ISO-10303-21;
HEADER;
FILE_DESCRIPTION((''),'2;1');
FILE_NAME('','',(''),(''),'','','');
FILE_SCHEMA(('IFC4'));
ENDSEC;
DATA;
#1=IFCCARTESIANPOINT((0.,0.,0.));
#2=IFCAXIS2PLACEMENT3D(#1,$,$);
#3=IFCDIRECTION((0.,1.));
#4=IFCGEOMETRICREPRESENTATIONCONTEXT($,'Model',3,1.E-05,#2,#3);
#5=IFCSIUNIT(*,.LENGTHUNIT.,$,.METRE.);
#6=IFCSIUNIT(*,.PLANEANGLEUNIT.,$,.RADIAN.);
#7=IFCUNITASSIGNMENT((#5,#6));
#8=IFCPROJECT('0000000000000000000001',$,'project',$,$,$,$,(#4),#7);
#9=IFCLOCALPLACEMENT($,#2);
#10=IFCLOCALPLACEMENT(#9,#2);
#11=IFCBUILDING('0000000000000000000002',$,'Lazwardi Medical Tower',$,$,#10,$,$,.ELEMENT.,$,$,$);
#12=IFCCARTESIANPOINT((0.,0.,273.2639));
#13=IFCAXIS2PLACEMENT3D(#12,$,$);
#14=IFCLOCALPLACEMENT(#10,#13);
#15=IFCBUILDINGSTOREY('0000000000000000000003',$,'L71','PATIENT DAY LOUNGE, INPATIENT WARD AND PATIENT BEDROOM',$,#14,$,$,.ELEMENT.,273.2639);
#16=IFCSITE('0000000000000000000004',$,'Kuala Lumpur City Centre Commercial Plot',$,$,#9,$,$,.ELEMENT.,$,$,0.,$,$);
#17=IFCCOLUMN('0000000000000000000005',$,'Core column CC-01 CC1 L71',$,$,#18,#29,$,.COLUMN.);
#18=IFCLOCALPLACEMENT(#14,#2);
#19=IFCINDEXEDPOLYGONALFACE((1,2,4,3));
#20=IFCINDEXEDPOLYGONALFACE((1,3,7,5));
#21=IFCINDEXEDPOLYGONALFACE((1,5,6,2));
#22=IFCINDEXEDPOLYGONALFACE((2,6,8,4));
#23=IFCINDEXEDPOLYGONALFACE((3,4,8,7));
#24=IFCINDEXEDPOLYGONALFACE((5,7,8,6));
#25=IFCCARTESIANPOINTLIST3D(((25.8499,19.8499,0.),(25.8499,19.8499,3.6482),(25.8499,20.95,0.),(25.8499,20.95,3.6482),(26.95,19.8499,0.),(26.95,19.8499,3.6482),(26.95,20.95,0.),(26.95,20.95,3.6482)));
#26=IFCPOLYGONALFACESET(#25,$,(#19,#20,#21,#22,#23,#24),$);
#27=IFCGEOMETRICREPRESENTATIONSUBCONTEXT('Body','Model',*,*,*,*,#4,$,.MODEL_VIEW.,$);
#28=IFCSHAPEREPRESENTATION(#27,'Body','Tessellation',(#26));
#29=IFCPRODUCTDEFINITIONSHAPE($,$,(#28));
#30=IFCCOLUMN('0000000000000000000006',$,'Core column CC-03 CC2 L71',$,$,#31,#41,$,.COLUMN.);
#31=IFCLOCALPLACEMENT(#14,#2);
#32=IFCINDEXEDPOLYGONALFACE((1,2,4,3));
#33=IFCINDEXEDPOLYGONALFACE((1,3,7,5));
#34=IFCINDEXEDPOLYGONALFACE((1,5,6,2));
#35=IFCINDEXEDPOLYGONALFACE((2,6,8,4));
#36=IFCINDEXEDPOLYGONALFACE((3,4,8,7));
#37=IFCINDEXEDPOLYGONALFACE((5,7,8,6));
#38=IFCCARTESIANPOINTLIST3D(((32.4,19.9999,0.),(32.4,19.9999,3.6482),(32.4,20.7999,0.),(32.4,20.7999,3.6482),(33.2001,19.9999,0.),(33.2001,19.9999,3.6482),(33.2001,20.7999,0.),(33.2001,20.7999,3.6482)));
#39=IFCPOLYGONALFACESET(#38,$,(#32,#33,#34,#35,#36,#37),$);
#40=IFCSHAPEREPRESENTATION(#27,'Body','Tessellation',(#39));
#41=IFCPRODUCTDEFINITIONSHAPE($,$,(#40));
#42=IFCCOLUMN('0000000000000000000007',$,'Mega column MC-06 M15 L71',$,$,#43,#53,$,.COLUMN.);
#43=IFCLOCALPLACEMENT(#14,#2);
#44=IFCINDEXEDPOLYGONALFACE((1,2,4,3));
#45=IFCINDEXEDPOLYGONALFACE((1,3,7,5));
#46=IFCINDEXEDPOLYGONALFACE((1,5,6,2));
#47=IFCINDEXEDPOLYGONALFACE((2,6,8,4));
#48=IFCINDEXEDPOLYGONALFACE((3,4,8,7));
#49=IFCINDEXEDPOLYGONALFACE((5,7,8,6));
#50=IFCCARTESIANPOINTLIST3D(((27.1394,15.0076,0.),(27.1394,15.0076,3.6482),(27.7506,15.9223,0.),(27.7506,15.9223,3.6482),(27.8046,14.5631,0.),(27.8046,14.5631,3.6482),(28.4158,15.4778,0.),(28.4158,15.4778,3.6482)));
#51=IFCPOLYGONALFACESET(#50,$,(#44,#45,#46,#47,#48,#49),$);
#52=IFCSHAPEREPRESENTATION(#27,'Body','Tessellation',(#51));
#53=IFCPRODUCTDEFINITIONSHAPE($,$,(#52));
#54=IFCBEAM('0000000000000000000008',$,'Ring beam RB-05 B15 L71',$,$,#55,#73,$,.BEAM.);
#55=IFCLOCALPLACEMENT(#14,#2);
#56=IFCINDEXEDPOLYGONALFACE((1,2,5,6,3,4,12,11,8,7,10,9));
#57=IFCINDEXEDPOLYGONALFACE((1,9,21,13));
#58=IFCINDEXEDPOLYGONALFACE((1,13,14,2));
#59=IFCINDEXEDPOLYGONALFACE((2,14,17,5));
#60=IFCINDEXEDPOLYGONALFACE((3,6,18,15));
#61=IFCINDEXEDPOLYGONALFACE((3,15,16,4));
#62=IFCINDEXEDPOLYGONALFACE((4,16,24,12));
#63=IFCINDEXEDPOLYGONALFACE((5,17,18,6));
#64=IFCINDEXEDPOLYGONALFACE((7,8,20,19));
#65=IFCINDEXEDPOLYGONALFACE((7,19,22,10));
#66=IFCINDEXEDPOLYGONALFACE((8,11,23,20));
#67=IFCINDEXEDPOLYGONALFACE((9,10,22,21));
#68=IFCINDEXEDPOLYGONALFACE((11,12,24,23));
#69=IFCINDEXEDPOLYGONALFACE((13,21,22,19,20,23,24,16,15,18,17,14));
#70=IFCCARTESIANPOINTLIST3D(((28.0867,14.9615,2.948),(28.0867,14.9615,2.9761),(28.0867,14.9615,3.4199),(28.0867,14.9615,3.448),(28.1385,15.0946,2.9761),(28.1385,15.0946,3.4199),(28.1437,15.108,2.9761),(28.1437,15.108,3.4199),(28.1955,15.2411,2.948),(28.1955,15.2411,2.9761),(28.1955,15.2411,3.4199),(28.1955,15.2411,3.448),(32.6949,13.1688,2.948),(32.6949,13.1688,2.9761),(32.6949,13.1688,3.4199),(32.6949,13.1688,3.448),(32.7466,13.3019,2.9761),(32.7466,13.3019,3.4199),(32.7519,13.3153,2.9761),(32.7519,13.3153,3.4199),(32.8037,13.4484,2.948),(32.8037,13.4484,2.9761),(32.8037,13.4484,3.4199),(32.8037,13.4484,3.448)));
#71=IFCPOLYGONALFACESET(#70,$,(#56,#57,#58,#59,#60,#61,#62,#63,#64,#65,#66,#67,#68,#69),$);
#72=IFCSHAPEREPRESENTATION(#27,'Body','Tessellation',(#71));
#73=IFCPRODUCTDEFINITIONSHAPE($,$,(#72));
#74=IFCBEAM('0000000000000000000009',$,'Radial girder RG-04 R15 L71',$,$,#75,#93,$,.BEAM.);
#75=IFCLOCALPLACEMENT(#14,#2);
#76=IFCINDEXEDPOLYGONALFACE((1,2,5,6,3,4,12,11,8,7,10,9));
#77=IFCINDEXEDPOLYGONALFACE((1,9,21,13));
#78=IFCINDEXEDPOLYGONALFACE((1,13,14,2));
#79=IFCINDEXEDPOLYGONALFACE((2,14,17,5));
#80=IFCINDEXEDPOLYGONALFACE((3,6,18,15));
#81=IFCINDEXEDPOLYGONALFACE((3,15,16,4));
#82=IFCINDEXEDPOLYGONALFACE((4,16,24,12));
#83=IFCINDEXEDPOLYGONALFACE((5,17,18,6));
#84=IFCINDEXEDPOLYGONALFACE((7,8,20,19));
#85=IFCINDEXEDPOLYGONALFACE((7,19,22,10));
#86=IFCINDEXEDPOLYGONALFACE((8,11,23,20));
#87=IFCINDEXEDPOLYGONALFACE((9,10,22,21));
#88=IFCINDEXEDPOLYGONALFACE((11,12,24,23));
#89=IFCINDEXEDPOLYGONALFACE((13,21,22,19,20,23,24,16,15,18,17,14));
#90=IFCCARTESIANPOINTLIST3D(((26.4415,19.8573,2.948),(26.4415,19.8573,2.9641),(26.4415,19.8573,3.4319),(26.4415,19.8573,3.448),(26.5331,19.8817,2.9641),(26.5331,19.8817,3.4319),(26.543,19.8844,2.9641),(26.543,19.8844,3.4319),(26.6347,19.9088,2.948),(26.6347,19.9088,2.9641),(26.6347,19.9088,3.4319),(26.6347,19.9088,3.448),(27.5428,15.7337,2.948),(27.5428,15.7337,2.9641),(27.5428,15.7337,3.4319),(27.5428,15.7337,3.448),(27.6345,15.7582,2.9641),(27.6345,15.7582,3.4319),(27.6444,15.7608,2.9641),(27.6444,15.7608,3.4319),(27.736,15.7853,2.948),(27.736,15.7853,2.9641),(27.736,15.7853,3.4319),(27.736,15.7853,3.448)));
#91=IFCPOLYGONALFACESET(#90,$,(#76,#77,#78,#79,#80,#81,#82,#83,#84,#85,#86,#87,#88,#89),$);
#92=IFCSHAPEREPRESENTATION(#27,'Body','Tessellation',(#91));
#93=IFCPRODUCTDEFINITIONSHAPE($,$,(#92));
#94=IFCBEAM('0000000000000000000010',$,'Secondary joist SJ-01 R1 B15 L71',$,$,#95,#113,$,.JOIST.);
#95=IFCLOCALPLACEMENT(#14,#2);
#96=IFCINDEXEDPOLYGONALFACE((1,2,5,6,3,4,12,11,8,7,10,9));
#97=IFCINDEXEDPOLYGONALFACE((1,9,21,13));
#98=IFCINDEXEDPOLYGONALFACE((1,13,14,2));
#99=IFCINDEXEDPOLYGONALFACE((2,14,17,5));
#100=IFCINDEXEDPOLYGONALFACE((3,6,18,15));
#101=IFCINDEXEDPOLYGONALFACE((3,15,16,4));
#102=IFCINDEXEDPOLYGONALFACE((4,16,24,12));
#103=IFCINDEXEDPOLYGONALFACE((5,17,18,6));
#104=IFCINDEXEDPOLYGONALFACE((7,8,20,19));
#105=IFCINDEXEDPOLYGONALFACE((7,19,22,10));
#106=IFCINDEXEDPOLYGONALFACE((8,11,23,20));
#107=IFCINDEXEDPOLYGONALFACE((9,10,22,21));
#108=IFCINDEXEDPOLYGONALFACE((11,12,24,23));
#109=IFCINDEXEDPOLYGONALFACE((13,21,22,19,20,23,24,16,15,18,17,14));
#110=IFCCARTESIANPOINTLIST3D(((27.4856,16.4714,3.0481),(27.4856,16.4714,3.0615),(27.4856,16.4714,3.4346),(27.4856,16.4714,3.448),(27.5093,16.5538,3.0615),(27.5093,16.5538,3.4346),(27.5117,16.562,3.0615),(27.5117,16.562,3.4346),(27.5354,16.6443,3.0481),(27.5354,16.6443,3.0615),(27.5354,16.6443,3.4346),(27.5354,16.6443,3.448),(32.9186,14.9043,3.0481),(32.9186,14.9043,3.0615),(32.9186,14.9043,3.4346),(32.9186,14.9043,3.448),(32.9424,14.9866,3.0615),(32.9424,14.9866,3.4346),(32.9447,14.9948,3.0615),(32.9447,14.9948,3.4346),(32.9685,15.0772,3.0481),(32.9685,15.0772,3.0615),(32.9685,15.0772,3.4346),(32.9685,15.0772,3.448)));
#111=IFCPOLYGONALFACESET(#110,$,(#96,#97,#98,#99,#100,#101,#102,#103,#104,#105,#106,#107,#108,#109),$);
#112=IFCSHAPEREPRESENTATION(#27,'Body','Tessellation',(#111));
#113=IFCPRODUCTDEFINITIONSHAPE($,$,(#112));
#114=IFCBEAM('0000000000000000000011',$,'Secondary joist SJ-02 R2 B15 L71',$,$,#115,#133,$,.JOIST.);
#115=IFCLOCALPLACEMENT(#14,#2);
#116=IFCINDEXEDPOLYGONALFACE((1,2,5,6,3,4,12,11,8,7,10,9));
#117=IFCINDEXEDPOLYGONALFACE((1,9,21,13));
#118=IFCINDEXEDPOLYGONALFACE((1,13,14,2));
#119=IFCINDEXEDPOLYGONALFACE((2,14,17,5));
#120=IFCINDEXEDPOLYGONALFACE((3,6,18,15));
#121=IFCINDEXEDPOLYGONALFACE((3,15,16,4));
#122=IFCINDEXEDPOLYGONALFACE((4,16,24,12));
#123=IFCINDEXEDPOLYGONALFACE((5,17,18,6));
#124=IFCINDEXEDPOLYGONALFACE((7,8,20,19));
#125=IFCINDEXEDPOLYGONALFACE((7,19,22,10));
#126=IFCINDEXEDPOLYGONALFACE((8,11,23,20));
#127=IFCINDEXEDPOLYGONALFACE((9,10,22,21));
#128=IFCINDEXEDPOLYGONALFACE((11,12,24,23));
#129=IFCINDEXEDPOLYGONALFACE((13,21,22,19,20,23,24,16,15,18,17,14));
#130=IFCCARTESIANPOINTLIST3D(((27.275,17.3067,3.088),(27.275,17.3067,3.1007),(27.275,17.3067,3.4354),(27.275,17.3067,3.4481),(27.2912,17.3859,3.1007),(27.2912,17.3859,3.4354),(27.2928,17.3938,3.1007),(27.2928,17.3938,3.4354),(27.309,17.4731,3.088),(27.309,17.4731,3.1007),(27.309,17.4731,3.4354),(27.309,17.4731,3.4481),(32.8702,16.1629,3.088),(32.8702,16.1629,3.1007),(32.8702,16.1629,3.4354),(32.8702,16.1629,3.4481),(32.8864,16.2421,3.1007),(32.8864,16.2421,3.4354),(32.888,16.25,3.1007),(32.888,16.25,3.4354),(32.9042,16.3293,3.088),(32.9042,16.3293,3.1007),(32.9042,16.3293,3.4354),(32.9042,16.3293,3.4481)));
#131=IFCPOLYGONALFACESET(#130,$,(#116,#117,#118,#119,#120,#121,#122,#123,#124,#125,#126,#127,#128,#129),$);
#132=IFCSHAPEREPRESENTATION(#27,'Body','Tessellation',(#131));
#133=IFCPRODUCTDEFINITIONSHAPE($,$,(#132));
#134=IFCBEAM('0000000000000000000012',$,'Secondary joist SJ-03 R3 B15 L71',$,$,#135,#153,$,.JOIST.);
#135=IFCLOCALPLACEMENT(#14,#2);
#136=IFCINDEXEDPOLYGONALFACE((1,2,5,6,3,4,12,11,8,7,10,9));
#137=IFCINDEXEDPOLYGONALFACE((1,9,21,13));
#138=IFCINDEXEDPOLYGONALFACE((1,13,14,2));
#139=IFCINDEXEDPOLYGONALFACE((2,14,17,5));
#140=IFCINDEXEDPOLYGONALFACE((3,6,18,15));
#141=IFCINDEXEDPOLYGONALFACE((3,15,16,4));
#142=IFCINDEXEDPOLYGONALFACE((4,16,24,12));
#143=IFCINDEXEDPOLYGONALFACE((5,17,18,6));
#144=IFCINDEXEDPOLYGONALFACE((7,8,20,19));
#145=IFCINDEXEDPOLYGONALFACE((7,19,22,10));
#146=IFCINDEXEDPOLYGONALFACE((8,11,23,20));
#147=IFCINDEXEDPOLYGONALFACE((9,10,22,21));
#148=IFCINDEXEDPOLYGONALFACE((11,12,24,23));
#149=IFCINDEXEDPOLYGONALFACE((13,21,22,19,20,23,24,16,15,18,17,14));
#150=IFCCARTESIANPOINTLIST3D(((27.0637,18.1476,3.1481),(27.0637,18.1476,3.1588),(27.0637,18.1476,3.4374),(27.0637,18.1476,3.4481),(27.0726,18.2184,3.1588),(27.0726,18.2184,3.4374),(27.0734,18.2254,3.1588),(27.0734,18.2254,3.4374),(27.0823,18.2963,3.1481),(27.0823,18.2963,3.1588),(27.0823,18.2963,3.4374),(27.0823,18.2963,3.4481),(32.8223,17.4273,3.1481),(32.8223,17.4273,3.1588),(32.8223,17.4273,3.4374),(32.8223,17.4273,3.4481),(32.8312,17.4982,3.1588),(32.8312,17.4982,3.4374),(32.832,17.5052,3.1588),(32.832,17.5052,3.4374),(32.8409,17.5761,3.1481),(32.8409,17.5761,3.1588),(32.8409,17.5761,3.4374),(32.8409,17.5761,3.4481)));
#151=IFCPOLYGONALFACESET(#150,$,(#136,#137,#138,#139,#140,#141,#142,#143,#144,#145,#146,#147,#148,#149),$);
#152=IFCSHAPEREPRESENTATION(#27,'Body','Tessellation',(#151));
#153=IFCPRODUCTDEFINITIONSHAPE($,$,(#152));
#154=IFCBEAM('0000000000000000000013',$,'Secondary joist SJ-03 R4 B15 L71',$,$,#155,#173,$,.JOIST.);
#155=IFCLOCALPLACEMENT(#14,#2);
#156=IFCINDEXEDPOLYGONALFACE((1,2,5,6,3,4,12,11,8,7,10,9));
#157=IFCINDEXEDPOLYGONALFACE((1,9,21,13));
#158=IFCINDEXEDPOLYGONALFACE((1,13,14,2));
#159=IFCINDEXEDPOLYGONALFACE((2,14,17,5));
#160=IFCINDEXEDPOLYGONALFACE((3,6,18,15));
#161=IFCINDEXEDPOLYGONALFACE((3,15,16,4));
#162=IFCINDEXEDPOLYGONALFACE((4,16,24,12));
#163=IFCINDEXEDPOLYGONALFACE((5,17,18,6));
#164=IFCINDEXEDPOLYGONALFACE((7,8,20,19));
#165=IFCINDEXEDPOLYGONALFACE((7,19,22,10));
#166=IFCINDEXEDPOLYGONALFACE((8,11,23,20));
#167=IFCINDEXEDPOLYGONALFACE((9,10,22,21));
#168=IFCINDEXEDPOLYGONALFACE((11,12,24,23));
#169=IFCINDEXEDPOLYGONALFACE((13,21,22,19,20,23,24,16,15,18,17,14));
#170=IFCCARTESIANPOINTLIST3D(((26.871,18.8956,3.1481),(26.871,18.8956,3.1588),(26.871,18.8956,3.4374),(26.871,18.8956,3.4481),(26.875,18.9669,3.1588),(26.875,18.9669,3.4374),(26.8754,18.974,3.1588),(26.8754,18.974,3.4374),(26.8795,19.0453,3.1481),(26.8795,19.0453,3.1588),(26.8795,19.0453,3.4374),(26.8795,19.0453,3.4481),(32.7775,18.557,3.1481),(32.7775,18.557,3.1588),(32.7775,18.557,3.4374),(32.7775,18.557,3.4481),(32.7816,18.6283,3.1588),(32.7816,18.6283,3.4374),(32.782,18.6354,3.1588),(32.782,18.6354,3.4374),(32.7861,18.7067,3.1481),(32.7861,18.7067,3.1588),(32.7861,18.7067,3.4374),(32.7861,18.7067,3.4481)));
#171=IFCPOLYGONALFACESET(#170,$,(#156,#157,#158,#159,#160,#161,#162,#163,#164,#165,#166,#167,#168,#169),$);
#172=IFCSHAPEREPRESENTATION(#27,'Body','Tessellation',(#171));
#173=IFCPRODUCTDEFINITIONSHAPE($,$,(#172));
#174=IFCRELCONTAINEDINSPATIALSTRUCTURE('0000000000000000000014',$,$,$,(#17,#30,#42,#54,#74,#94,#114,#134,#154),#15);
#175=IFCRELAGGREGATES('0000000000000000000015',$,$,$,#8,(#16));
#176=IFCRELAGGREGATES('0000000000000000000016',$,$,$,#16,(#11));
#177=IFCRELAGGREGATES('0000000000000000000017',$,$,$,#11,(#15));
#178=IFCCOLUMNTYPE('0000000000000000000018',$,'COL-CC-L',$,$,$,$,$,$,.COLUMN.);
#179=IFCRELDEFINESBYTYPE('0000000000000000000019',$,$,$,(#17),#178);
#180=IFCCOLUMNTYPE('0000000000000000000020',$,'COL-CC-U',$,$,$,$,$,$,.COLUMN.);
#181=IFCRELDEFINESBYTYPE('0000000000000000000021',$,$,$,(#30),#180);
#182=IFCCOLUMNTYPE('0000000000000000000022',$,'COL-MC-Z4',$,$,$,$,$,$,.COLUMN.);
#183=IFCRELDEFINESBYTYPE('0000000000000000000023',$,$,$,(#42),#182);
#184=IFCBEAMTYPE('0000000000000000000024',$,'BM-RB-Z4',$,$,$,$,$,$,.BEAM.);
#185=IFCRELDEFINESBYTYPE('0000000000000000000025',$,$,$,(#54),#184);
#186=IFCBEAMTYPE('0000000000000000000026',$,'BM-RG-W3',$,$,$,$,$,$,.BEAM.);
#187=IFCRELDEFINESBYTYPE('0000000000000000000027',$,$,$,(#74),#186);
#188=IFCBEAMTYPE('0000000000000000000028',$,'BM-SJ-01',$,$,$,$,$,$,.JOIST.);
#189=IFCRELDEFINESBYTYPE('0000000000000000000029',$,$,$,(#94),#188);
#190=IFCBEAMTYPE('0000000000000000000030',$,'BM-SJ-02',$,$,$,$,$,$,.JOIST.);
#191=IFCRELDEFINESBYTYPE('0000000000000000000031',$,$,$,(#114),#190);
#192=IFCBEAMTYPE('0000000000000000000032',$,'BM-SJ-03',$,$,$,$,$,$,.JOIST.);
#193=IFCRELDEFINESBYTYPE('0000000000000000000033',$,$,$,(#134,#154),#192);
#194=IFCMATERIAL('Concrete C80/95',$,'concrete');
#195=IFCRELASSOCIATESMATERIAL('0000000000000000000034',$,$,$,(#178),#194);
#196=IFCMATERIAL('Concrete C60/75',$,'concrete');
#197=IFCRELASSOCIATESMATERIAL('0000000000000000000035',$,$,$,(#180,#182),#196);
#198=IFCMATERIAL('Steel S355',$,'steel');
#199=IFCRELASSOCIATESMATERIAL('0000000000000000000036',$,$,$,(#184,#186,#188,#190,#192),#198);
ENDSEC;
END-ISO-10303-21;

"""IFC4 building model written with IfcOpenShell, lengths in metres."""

from ifc_helpers import new_model, si_unit, direction, frame, origin, origin_2d, place, context, subcontext, project, spatial, rectangle, i_section, extrude, material, material_profile, profile_set, type_object, element, save


model = new_model("IFC4")

# Units and contexts
model_context = context("Model", 3, precision=1e-05, world=origin(), true_north=direction((0.0, 1.0)))
body_context = subcontext(model_context, "Body", "Model", "MODEL_VIEW")
ifc_project = project(units=[si_unit("LENGTHUNIT", "METRE"), si_unit("PLANEANGLEUNIT", "RADIAN")], contexts=[model_context])

# Site, building, storey
site_placement = place(None, origin())
site = spatial("IfcSite", under=ifc_project, at=site_placement, Name="Kuala Lumpur City Centre Commercial Plot", CompositionType="ELEMENT", RefElevation=0.0)
building_placement = place(site_placement, origin())
building = spatial("IfcBuilding", under=site, at=building_placement, Name="Lazwardi Medical Tower", CompositionType="ELEMENT")
storey_placement = place(building_placement, frame((0.0, 0.0, 273.2639)))
storey = spatial("IfcBuildingStorey", under=building, at=storey_placement, Name="L71", Description="PATIENT DAY LOUNGE, INPATIENT WARD AND PATIENT BEDROOM", CompositionType="ELEMENT", Elevation=273.2639)

# Columns
ifc_material_1 = material(Name="Concrete C80/95", Category="concrete")
ifc_material_profile_1 = material_profile(ifc_material_1, rectangle(XDim=1.1001, YDim=1.1001, at=origin_2d()), Name="RC 1100x1100")
ifc_profile_set_1 = profile_set([ifc_material_profile_1], Name="Concrete C80/95")
column_type_1 = type_object("IfcColumnType", Name="COL-CC-L", PredefinedType="COLUMN", material=ifc_profile_set_1)
column_1_placement = place(storey_placement, frame((26.3999, 20.3999, 0.0), z_axis=(0.0, 0.0, 1.0), x_axis=(1.0, 0.0, 0.0)))
element("IfcColumn", 1, at=column_1_placement, inside=storey, type_object=column_type_1, Name="Core column CC-01 CC1 L71", PredefinedType="COLUMN", context=body_context, shape_type="SweptSolid", body=[
    extrude(rectangle(XDim=1.1001, YDim=1.1001, at=origin_2d()), origin(), (0.0, 0.0, 1.0), 3.6482),
])
ifc_material_2 = material(Name="Concrete C60/75", Category="concrete")
ifc_material_profile_2 = material_profile(ifc_material_2, rectangle(XDim=0.8, YDim=0.8, at=origin_2d()), Name="RC 800x800")
ifc_profile_set_2 = profile_set([ifc_material_profile_2], Name="Concrete C60/75")
column_type_2 = type_object("IfcColumnType", Name="COL-CC-U", PredefinedType="COLUMN", material=ifc_profile_set_2)
column_2_placement = place(storey_placement, frame((32.8, 20.3999, 0.0), z_axis=(0.0, 0.0, 1.0), x_axis=(1.0, 0.0, 0.0)))
element("IfcColumn", 2, at=column_2_placement, inside=storey, type_object=column_type_2, Name="Core column CC-03 CC2 L71", PredefinedType="COLUMN", context=body_context, shape_type="SweptSolid", body=[
    extrude(rectangle(XDim=0.8, YDim=0.8, at=origin_2d()), origin(), (0.0, 0.0, 1.0), 3.6482),
])
ifc_material_profile_3 = material_profile(ifc_material_2, rectangle(XDim=1.1001, YDim=0.8, at=origin_2d()), Name="CFT-RECT 1100x800")
ifc_profile_set_3 = profile_set([ifc_material_profile_3], Name="Concrete C60/75")
column_type_3 = type_object("IfcColumnType", Name="COL-MC-Z4", PredefinedType="COLUMN", material=ifc_profile_set_3)
column_3_placement = place(storey_placement, frame((27.7776, 15.2427, 0.0), z_axis=(0.0, 0.0, 1.0), x_axis=(-0.55557, -0.83147, 0.0)))
element("IfcColumn", 3, at=column_3_placement, inside=storey, type_object=column_type_3, Name="Mega column MC-06 M15 L71", PredefinedType="COLUMN", context=body_context, shape_type="SweptSolid", body=[
    extrude(rectangle(XDim=1.1001, YDim=0.8, at=origin_2d()), origin(), (0.0, 0.0, 1.0), 3.6482),
])

# Beams
ifc_material_3 = material(Name="Steel S355", Category="steel")
ifc_material_profile_4 = material_profile(ifc_material_3, i_section(OverallWidth=0.3, OverallDepth=0.5, WebThickness=0.0144, FlangeThickness=0.0281, at=origin_2d()), Name="HEB 500")
ifc_profile_set_4 = profile_set([ifc_material_profile_4], Name="Steel S355")
beam_type_1 = type_object("IfcBeamType", Name="BM-RB-Z4", PredefinedType="BEAM", material=ifc_profile_set_4)
beam_1_placement = place(storey_placement, frame((28.1411, 15.1013, 3.198), z_axis=(0.931959, -0.362563, 0.0), x_axis=(0.362563, 0.931959, 0.0)))
element("IfcBeam", 4, at=beam_1_placement, inside=storey, type_object=beam_type_1, Name="Ring beam RB-05 B15 L71", PredefinedType="BEAM", context=body_context, shape_type="SweptSolid", body=[
    extrude(i_section(OverallWidth=0.3, OverallDepth=0.5, WebThickness=0.0144, FlangeThickness=0.0281, at=origin_2d()), origin(), (0.0, 0.0, 1.0), 4.9446),
])
ifc_material_profile_5 = material_profile(ifc_material_3, i_section(OverallWidth=0.2, OverallDepth=0.5, WebThickness=0.0103, FlangeThickness=0.0161, at=origin_2d()), Name="IPE 500")
ifc_profile_set_5 = profile_set([ifc_material_profile_5], Name="Steel S355")
beam_type_2 = type_object("IfcBeamType", Name="BM-RG-W3", PredefinedType="BEAM", material=ifc_profile_set_5)
beam_2_placement = place(storey_placement, frame((27.6394, 15.7595, 3.198), z_axis=(-0.258036, 0.966135, 0.0), x_axis=(-0.966135, -0.258036, 0.0)))
element("IfcBeam", 5, at=beam_2_placement, inside=storey, type_object=beam_type_2, Name="Radial girder RG-04 R15 L71", PredefinedType="BEAM", context=body_context, shape_type="SweptSolid", body=[
    extrude(i_section(OverallWidth=0.2, OverallDepth=0.5, WebThickness=0.0103, FlangeThickness=0.0161, at=origin_2d()), origin(), (0.0, 0.0, 1.0), 4.2681),
])
ifc_material_profile_6 = material_profile(ifc_material_3, i_section(OverallWidth=0.1799, OverallDepth=0.3999, WebThickness=0.0085, FlangeThickness=0.0134, at=origin_2d()), Name="IPE 400")
ifc_profile_set_6 = profile_set([ifc_material_profile_6], Name="Steel S355")
beam_type_3 = type_object("IfcBeamType", Name="BM-SJ-01", PredefinedType="JOIST", material=ifc_profile_set_6)
beam_3_placement = place(storey_placement, frame((27.5105, 16.5579, 3.248), z_axis=(0.960828, -0.277144, 0.0), x_axis=(0.277144, 0.960828, 0.0)))
element("IfcBeam", 6, at=beam_3_placement, inside=storey, type_object=beam_type_3, Name="Secondary joist SJ-01 R1 B15 L71", PredefinedType="JOIST", context=body_context, shape_type="SweptSolid", body=[
    extrude(i_section(OverallWidth=0.1799, OverallDepth=0.3999, WebThickness=0.0085, FlangeThickness=0.0134, at=origin_2d()), origin(), (0.0, 0.0, 1.0), 5.6545),
])
ifc_material_profile_7 = material_profile(ifc_material_3, i_section(OverallWidth=0.1699, OverallDepth=0.3601, WebThickness=0.0081, FlangeThickness=0.0127, at=origin_2d()), Name="IPE 360")
ifc_profile_set_7 = profile_set([ifc_material_profile_7], Name="Steel S355")
beam_type_4 = type_object("IfcBeamType", Name="BM-SJ-02", PredefinedType="JOIST", material=ifc_profile_set_7)
beam_4_placement = place(storey_placement, frame((27.292, 17.3899, 3.2681), z_axis=(0.979738, -0.200282, 0.0), x_axis=(0.200282, 0.979738, 0.0)))
element("IfcBeam", 7, at=beam_4_placement, inside=storey, type_object=beam_type_4, Name="Secondary joist SJ-02 R2 B15 L71", PredefinedType="JOIST", context=body_context, shape_type="SweptSolid", body=[
    extrude(i_section(OverallWidth=0.1699, OverallDepth=0.3601, WebThickness=0.0081, FlangeThickness=0.0127, at=origin_2d()), origin(), (0.0, 0.0, 1.0), 5.7109),
])
ifc_material_profile_8 = material_profile(ifc_material_3, i_section(OverallWidth=0.1499, OverallDepth=0.3, WebThickness=0.0071, FlangeThickness=0.0107, at=origin_2d()), Name="IPE 300")
ifc_profile_set_8 = profile_set([ifc_material_profile_8], Name="Steel S355")
beam_type_5 = type_object("IfcBeamType", Name="BM-SJ-03", PredefinedType="JOIST", material=ifc_profile_set_8)
beam_5_placement = place(storey_placement, frame((27.073, 18.2219, 3.2981), z_axis=(0.992269, -0.124102, 0.0), x_axis=(0.124102, 0.992269, 0.0)))
element("IfcBeam", 8, at=beam_5_placement, inside=storey, type_object=beam_type_5, Name="Secondary joist SJ-03 R3 B15 L71", PredefinedType="JOIST", context=body_context, shape_type="SweptSolid", body=[
    extrude(i_section(OverallWidth=0.1499, OverallDepth=0.3, WebThickness=0.0071, FlangeThickness=0.0107, at=origin_2d()), origin(), (0.0, 0.0, 1.0), 5.8035),
])
beam_6_placement = place(storey_placement, frame((26.8752, 18.9705, 3.2981), z_axis=(0.998361, -0.057237, 0.0), x_axis=(0.057237, 0.998361, 0.0)))
element("IfcBeam", 9, at=beam_6_placement, inside=storey, type_object=beam_type_5, Name="Secondary joist SJ-03 R4 B15 L71", PredefinedType="JOIST", context=body_context, shape_type="SweptSolid", body=[
    extrude(i_section(OverallWidth=0.1499, OverallDepth=0.3, WebThickness=0.0071, FlangeThickness=0.0107, at=origin_2d()), origin(), (0.0, 0.0, 1.0), 5.9163),
])

save(model, "model.ifc")
